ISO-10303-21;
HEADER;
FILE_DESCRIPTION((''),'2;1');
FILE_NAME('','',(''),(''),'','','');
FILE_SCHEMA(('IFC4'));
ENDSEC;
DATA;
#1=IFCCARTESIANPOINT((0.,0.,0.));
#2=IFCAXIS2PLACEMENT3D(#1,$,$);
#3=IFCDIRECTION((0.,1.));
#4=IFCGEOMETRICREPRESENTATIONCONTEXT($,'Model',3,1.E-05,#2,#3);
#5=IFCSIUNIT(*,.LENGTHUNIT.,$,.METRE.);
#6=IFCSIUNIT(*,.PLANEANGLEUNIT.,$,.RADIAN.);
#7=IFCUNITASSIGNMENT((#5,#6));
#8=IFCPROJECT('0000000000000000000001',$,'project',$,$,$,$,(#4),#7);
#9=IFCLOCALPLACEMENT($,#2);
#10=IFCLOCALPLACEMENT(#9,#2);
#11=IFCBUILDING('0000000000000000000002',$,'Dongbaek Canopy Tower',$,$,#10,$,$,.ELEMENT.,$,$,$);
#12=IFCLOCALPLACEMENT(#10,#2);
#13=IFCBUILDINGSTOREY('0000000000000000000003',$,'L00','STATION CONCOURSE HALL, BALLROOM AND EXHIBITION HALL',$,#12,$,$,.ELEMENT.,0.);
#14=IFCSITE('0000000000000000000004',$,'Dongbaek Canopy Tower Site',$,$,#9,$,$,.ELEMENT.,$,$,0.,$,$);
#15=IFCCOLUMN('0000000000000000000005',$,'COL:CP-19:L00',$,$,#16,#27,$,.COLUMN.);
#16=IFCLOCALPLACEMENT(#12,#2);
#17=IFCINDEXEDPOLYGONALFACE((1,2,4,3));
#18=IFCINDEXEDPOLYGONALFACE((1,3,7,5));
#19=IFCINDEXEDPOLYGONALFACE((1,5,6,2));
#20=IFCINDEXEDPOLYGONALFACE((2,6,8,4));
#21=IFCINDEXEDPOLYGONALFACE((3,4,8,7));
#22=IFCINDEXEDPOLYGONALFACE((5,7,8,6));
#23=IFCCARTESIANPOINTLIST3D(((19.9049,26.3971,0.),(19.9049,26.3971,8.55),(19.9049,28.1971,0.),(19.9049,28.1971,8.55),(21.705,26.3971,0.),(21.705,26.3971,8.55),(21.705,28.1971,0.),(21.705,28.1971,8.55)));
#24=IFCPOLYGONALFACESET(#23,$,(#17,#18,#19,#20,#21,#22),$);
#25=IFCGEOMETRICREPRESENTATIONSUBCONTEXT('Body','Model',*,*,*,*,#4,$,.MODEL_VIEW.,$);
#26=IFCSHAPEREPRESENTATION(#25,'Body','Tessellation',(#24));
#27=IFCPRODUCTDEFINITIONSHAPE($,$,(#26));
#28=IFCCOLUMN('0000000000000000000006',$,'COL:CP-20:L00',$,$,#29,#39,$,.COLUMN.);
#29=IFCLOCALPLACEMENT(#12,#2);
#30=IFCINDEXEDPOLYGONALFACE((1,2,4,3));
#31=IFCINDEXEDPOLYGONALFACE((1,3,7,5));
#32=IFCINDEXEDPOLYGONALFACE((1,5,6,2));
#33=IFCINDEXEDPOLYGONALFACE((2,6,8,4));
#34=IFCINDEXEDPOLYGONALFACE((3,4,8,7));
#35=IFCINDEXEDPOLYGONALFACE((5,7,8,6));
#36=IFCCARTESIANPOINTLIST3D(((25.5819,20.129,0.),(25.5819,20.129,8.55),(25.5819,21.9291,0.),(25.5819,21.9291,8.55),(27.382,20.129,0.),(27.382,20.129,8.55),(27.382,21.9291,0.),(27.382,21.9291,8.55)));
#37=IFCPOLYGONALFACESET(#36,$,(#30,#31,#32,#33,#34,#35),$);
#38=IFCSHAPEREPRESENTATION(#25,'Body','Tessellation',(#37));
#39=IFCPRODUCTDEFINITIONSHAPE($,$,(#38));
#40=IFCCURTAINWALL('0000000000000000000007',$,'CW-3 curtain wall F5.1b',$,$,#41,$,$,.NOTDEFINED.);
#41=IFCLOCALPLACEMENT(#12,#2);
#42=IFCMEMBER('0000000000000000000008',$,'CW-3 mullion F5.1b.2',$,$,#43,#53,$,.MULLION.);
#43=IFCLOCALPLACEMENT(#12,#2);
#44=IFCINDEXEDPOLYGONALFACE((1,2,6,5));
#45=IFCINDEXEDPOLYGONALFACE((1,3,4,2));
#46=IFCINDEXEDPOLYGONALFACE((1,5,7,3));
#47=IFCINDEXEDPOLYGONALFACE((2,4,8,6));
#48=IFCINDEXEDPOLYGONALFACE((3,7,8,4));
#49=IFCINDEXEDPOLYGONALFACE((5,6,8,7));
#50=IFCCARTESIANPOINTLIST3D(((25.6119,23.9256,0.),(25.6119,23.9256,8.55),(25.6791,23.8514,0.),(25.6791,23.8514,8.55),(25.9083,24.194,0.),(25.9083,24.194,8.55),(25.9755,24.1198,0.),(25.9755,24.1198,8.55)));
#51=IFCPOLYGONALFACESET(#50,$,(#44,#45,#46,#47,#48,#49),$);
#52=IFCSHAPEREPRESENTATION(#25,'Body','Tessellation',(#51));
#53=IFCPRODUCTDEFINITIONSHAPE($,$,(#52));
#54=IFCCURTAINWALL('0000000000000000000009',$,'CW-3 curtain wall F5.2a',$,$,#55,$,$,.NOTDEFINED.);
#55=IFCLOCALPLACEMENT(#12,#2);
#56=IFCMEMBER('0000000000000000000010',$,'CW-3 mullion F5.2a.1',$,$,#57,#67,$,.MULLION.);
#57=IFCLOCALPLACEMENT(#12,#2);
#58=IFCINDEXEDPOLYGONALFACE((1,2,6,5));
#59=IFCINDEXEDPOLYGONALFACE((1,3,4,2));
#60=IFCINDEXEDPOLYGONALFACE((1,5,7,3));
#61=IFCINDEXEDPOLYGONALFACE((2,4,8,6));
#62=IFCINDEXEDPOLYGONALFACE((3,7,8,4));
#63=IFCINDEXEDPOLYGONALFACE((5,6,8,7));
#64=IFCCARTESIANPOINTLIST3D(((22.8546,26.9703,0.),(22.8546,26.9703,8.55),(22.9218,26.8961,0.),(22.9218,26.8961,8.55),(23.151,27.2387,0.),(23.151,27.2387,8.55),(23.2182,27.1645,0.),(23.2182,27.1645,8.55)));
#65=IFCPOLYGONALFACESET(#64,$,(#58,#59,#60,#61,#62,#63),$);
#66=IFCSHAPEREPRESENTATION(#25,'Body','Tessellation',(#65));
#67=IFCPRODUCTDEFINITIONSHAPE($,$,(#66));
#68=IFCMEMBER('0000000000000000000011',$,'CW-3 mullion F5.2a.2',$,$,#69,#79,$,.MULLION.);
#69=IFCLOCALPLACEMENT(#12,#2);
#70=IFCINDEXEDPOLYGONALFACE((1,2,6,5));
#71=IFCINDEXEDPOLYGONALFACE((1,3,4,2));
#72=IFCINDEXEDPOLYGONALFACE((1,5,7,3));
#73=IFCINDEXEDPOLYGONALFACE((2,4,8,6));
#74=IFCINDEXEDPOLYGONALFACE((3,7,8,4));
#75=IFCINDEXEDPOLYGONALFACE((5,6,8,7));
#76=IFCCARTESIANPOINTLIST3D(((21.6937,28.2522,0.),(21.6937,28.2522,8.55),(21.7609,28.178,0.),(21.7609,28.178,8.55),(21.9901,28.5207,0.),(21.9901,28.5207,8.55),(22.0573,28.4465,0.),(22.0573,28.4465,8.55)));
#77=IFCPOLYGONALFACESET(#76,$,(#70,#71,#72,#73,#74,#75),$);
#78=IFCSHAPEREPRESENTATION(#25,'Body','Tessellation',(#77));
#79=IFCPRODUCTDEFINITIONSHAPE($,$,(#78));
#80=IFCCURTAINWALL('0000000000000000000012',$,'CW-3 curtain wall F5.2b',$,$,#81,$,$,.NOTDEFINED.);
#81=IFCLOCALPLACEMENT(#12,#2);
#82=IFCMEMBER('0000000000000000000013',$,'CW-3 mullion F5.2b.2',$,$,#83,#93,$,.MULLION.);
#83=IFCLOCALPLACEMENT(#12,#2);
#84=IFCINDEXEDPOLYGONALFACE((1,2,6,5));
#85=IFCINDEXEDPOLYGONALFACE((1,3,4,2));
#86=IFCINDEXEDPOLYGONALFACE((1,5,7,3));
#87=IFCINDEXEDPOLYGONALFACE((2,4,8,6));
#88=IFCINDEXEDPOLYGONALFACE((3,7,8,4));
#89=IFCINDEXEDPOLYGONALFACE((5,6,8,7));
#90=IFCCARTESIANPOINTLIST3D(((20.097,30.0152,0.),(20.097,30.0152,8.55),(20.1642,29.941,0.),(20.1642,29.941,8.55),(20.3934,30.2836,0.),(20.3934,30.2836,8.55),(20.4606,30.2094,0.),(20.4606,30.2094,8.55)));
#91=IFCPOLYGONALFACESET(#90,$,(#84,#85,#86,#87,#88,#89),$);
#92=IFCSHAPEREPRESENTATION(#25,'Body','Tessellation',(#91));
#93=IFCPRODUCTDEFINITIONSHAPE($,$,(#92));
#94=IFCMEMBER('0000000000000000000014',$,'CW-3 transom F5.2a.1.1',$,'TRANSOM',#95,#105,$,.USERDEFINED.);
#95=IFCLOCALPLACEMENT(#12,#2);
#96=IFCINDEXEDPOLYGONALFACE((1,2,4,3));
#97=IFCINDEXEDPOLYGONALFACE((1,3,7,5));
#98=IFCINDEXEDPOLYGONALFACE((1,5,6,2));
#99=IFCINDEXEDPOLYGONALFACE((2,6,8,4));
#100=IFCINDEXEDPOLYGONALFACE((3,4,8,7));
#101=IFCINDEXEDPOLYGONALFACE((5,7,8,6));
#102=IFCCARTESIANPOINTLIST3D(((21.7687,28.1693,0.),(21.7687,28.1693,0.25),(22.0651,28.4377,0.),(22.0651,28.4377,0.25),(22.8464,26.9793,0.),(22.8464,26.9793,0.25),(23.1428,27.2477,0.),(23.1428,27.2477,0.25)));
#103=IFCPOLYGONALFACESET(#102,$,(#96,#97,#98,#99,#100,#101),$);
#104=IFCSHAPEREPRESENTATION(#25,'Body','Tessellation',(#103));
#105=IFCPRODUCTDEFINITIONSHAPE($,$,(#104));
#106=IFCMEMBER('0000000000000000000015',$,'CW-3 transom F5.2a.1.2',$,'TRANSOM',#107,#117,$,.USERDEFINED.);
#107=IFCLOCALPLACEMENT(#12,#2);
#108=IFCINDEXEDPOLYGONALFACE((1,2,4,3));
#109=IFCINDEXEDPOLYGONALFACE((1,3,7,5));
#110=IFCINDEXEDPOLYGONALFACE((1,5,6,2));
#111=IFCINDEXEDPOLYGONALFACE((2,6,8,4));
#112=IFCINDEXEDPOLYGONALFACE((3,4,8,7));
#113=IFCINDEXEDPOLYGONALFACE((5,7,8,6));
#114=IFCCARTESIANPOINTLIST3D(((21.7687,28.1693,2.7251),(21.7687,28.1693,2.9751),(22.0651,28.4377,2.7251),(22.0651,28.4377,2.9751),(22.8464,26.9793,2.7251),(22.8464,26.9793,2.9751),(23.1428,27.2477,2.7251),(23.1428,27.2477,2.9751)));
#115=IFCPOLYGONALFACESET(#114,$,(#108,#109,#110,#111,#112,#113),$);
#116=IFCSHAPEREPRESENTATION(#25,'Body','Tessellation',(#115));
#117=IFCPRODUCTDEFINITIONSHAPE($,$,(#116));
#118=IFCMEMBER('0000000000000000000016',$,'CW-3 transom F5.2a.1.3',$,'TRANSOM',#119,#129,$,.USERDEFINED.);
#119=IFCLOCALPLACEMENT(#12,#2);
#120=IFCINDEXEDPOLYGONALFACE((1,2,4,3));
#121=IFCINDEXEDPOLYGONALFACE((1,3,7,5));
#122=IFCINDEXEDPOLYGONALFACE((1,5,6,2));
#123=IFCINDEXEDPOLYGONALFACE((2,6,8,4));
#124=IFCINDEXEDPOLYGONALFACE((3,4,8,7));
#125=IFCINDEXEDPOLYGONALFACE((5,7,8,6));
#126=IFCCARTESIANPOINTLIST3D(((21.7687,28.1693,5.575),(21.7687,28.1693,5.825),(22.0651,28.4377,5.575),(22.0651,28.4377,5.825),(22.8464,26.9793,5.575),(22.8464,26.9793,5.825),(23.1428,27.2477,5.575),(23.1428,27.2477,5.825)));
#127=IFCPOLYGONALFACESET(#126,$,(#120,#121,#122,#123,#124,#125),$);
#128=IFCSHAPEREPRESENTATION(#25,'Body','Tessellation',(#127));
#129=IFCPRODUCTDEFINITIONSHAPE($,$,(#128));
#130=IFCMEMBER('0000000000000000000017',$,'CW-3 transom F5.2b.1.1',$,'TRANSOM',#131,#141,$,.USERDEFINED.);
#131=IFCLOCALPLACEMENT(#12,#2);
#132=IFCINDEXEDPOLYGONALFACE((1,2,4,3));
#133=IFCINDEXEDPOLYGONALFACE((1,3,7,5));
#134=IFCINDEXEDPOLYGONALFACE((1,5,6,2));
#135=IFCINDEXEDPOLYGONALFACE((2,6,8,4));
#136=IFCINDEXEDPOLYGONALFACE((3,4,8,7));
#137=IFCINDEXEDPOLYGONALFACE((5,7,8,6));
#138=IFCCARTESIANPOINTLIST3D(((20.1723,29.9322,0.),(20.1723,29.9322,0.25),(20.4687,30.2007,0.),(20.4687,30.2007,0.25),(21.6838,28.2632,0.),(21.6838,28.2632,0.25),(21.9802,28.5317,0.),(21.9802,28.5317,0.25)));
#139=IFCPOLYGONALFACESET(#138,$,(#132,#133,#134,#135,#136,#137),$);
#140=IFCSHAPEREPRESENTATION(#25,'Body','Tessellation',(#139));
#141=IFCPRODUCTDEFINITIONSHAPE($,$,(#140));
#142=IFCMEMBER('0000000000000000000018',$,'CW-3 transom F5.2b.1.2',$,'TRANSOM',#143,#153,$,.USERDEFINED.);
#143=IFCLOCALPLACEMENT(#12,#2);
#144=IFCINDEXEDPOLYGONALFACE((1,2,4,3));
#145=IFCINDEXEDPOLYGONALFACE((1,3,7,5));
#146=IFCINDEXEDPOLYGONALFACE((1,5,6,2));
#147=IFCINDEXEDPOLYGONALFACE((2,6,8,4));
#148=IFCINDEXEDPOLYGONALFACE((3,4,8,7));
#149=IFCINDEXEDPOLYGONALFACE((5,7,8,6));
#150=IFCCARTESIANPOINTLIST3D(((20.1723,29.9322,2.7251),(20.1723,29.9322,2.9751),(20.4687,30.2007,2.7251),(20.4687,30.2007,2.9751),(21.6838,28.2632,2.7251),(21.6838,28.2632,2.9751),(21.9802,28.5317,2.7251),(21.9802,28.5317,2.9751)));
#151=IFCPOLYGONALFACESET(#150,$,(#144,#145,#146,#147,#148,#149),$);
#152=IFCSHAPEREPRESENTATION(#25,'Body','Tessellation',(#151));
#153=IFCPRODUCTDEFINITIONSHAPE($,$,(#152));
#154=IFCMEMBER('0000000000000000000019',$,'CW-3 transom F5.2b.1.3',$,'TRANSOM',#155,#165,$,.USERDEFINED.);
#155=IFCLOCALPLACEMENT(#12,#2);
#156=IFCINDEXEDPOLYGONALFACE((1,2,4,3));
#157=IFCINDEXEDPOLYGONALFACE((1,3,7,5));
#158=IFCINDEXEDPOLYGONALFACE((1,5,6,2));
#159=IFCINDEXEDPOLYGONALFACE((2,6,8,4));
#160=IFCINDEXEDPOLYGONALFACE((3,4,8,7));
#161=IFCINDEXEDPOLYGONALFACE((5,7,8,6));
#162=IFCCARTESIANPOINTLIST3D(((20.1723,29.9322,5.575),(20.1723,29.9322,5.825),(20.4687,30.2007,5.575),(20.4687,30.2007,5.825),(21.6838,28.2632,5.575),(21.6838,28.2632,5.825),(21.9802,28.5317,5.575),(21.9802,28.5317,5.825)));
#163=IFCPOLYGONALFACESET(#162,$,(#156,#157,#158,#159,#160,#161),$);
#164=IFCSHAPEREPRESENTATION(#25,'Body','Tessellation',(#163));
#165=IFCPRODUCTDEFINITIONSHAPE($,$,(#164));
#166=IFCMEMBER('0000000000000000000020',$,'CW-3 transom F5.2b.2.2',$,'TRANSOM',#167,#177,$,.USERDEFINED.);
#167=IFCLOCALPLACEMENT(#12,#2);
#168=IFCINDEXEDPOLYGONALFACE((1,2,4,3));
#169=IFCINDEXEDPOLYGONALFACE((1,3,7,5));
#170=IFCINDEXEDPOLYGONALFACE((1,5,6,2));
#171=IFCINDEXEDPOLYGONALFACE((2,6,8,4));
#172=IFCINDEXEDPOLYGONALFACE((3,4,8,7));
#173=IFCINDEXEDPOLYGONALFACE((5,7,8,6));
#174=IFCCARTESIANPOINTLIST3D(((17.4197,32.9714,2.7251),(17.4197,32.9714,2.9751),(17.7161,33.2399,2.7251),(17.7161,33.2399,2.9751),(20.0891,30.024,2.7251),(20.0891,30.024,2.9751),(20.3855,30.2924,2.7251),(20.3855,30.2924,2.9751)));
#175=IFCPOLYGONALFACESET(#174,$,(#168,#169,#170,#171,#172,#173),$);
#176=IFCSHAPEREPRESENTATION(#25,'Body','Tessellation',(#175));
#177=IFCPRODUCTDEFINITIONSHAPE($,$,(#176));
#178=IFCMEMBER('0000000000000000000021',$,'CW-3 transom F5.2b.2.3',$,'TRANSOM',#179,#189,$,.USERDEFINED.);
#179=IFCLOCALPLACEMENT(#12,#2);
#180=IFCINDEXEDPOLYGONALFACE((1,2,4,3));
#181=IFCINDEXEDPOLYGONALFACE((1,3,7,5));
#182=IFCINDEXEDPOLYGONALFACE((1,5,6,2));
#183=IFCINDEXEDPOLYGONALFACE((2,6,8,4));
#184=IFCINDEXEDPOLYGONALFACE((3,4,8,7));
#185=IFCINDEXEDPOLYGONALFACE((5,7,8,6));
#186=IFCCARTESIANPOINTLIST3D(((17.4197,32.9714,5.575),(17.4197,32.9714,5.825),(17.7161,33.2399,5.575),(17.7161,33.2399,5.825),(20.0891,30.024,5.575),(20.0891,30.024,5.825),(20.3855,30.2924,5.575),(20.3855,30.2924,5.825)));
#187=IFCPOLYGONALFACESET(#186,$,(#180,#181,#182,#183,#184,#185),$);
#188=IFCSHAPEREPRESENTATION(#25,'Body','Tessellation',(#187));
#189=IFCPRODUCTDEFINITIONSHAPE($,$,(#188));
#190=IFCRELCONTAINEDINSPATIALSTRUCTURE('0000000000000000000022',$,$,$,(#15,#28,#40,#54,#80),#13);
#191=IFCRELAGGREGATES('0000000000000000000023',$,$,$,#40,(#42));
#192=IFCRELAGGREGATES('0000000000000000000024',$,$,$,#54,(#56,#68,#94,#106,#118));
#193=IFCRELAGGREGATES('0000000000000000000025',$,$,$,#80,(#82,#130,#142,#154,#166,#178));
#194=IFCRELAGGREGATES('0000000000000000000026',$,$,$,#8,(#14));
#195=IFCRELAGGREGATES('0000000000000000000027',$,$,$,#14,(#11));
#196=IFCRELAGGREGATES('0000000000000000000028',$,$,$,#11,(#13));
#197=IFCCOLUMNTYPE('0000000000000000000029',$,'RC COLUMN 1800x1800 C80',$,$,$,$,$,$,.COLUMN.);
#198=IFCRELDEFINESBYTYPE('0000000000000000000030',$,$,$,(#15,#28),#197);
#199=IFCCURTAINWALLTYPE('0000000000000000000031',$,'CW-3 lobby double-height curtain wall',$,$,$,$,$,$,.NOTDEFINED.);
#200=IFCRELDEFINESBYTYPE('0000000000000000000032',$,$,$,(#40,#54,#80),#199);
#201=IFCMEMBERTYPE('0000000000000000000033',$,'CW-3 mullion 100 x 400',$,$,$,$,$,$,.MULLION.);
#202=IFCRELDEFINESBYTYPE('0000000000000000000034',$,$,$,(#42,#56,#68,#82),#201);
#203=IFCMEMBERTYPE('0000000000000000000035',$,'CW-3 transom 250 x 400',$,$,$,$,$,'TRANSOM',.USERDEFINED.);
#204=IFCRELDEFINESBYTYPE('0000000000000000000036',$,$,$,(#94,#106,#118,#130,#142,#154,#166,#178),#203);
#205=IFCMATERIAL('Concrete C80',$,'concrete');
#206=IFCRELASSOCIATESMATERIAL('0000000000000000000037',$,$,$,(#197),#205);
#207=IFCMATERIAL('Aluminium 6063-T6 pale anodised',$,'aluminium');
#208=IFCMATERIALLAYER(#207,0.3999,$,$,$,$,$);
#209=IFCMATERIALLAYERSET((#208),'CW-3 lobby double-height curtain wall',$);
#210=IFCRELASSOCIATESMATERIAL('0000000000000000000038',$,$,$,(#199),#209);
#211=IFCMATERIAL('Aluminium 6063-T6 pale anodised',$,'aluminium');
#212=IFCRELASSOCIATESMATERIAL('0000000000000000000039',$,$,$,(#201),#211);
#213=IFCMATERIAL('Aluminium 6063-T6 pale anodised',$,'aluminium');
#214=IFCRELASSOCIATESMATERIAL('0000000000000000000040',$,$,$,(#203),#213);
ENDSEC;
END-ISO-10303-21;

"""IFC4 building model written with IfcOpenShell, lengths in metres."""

from ifc_helpers import new_model, si_unit, direction, frame, origin, origin_2d, place, context, subcontext, project, spatial, rectangle, extrude, material, layer, layer_set, material_profile, profile_set, type_object, element, aggregate, save


model = new_model("IFC4")

# Units and contexts
model_context = context("Model", 3, precision=1e-05, world=origin(), true_north=direction((0.0, 1.0)))
body_context = subcontext(model_context, "Body", "Model", "MODEL_VIEW")
ifc_project = project(units=[si_unit("LENGTHUNIT", "METRE"), si_unit("PLANEANGLEUNIT", "RADIAN")], contexts=[model_context])

# Site, building, storey
site_placement = place(None, origin())
site = spatial("IfcSite", under=ifc_project, at=site_placement, Name="Dongbaek Canopy Tower Site", CompositionType="ELEMENT", RefElevation=0.0)
building_placement = place(site_placement, origin())
building = spatial("IfcBuilding", under=site, at=building_placement, Name="Dongbaek Canopy Tower", CompositionType="ELEMENT")
storey_placement = place(building_placement, origin())
storey = spatial("IfcBuildingStorey", under=building, at=storey_placement, Name="L00", Description="STATION CONCOURSE HALL, BALLROOM AND EXHIBITION HALL", CompositionType="ELEMENT", Elevation=0.0)

# Columns
ifc_material_1 = material(Name="Concrete C80", Category="concrete")
ifc_material_profile_1 = material_profile(ifc_material_1, rectangle(XDim=1.8, YDim=1.8, at=origin_2d()), Name="RC COLUMN 1800x1800 C80")
ifc_profile_set_1 = profile_set([ifc_material_profile_1], Name="Concrete C80")
column_type = type_object("IfcColumnType", Name="RC COLUMN 1800x1800 C80", PredefinedType="COLUMN", material=ifc_profile_set_1)
for number, where, z_axis, x_axis, name in (
    (1, (20.8049, 27.2971, 0.0), (0.0, 0.0, 1.0), (1.0, 0.0, 0.0), "COL:CP-19:L00"),
    (2, (26.4819, 21.0291, 0.0), (0.0, 0.0, 1.0), (1.0, 0.0, 0.0), "COL:CP-20:L00"),
):
    element("IfcColumn", number, at=place(storey_placement, frame(where, z_axis=z_axis, x_axis=x_axis)), inside=storey, type_object=column_type, Name=name, PredefinedType="COLUMN", context=body_context, shape_type="SweptSolid", body=[
        extrude(rectangle(XDim=1.8, YDim=1.8, at=origin_2d()), origin(), (0.0, 0.0, 1.0), 8.55),
    ])

# Curtain wall, member
ifc_material_2 = material(Name="Aluminium 6063-T6 pale anodised", Category="aluminium")
ifc_layer_1 = layer(ifc_material_2, 0.3999)
ifc_layer_set_1 = layer_set([ifc_layer_1], Name="CW-3 lobby double-height curtain wall")
curtain_wall_type = type_object("IfcCurtainWallType", Name="CW-3 lobby double-height curtain wall", PredefinedType="NOTDEFINED", material=ifc_layer_set_1)
curtain_wall_1_placement = place(storey_placement, origin())
curtain_wall_1 = element("IfcCurtainWall", 3, at=curtain_wall_1_placement, inside=storey, type_object=curtain_wall_type, Name="CW-3 curtain wall F5.1b", PredefinedType="NOTDEFINED")
ifc_material_3 = material(Name="Aluminium 6063-T6 pale anodised", Category="aluminium")
ifc_material_profile_2 = material_profile(ifc_material_3, rectangle(XDim=0.3999, YDim=0.1001, at=origin_2d()), Name="CW-3 mullion 100 x 400")
ifc_profile_set_2 = profile_set([ifc_material_profile_2], Name="Aluminium 6063-T6 pale anodised")
member_type_1 = type_object("IfcMemberType", Name="CW-3 mullion 100 x 400", PredefinedType="MULLION", material=ifc_profile_set_2)
member_1_placement = place(storey_placement, frame((25.7937, 24.0227, 0.0), z_axis=(0.0, 0.0, 1.0), x_axis=(0.741222, 0.67126, 0.0)))
member_1 = element("IfcMember", 4, at=member_1_placement, type_object=member_type_1, Name="CW-3 mullion F5.1b.2", PredefinedType="MULLION", context=body_context, shape_type="SweptSolid", body=[
    extrude(rectangle(XDim=0.3999, YDim=0.1001, at=origin_2d()), origin(), (0.0, 0.0, 1.0), 8.55),
])

# Curtain wall, members
curtain_wall_2_placement = place(storey_placement, origin())
curtain_wall_2 = element("IfcCurtainWall", 5, at=curtain_wall_2_placement, inside=storey, type_object=curtain_wall_type, Name="CW-3 curtain wall F5.2a", PredefinedType="NOTDEFINED")
member_2_placement = place(storey_placement, frame((23.0364, 27.0674, 0.0), z_axis=(0.0, 0.0, 1.0), x_axis=(0.741222, 0.67126, 0.0)))
member_2 = element("IfcMember", 6, at=member_2_placement, type_object=member_type_1, Name="CW-3 mullion F5.2a.1", PredefinedType="MULLION", context=body_context, shape_type="SweptSolid", body=[
    extrude(rectangle(XDim=0.3999, YDim=0.1001, at=origin_2d()), origin(), (0.0, 0.0, 1.0), 8.55),
])
member_3_placement = place(storey_placement, frame((21.8755, 28.3494, 0.0), z_axis=(0.0, 0.0, 1.0), x_axis=(0.741222, 0.67126, 0.0)))
member_3 = element("IfcMember", 7, at=member_3_placement, type_object=member_type_1, Name="CW-3 mullion F5.2a.2", PredefinedType="MULLION", context=body_context, shape_type="SweptSolid", body=[
    extrude(rectangle(XDim=0.3999, YDim=0.1001, at=origin_2d()), origin(), (0.0, 0.0, 1.0), 8.55),
])

# Curtain wall, member
curtain_wall_3_placement = place(storey_placement, origin())
curtain_wall_3 = element("IfcCurtainWall", 8, at=curtain_wall_3_placement, inside=storey, type_object=curtain_wall_type, Name="CW-3 curtain wall F5.2b", PredefinedType="NOTDEFINED")
member_4_placement = place(storey_placement, frame((20.2788, 30.1123, 0.0), z_axis=(0.0, 0.0, 1.0), x_axis=(0.741222, 0.67126, 0.0)))
member_4 = element("IfcMember", 9, at=member_4_placement, type_object=member_type_1, Name="CW-3 mullion F5.2b.2", PredefinedType="MULLION", context=body_context, shape_type="SweptSolid", body=[
    extrude(rectangle(XDim=0.3999, YDim=0.1001, at=origin_2d()), origin(), (0.0, 0.0, 1.0), 8.55),
])

# Members
ifc_material_4 = material(Name="Aluminium 6063-T6 pale anodised", Category="aluminium")
ifc_material_profile_3 = material_profile(ifc_material_4, rectangle(XDim=0.3999, YDim=0.25, at=origin_2d()), Name="CW-3 transom 250 x 400")
ifc_profile_set_3 = profile_set([ifc_material_profile_3], Name="Aluminium 6063-T6 pale anodised")
member_type_2 = type_object("IfcMemberType", Name="CW-3 transom 250 x 400", ElementType="TRANSOM", PredefinedType="USERDEFINED", material=ifc_profile_set_3)
member_5_placement = place(storey_placement, frame((22.9946, 27.1135, 0.125), z_axis=(-0.671264, 0.741219, 0.0), x_axis=(-0.741219, -0.671264, 0.0)))
member_5 = element("IfcMember", 10, at=member_5_placement, type_object=member_type_2, Name="CW-3 transom F5.2a.1.1", ObjectType="TRANSOM", PredefinedType="USERDEFINED", context=body_context, shape_type="SweptSolid", body=[
    extrude(rectangle(XDim=0.3999, YDim=0.25, at=origin_2d()), origin(), (0.0, 0.0, 1.0), 1.6055),
])
member_6_placement = place(storey_placement, frame((22.9946, 27.1135, 2.8501), z_axis=(-0.671264, 0.741219, 0.0), x_axis=(-0.741219, -0.671264, 0.0)))
member_6 = element("IfcMember", 11, at=member_6_placement, type_object=member_type_2, Name="CW-3 transom F5.2a.1.2", ObjectType="TRANSOM", PredefinedType="USERDEFINED", context=body_context, shape_type="SweptSolid", body=[
    extrude(rectangle(XDim=0.3999, YDim=0.25, at=origin_2d()), origin(), (0.0, 0.0, 1.0), 1.6055),
])
member_7_placement = place(storey_placement, frame((22.9946, 27.1135, 5.7), z_axis=(-0.671264, 0.741219, 0.0), x_axis=(-0.741219, -0.671264, 0.0)))
member_7 = element("IfcMember", 12, at=member_7_placement, type_object=member_type_2, Name="CW-3 transom F5.2a.1.3", ObjectType="TRANSOM", PredefinedType="USERDEFINED", context=body_context, shape_type="SweptSolid", body=[
    extrude(rectangle(XDim=0.3999, YDim=0.25, at=origin_2d()), origin(), (0.0, 0.0, 1.0), 1.6055),
])
member_8_placement = place(storey_placement, frame((21.832, 28.3975, 0.125), z_axis=(-0.671274, 0.741209, 0.0), x_axis=(-0.741209, -0.671274, 0.0)))
member_8 = element("IfcMember", 13, at=member_8_placement, type_object=member_type_2, Name="CW-3 transom F5.2b.1.1", ObjectType="TRANSOM", PredefinedType="USERDEFINED", context=body_context, shape_type="SweptSolid", body=[
    extrude(rectangle(XDim=0.3999, YDim=0.25, at=origin_2d()), origin(), (0.0, 0.0, 1.0), 2.2517),
])
member_9_placement = place(storey_placement, frame((21.832, 28.3975, 2.8501), z_axis=(-0.671274, 0.741209, 0.0), x_axis=(-0.741209, -0.671274, 0.0)))
member_9 = element("IfcMember", 14, at=member_9_placement, type_object=member_type_2, Name="CW-3 transom F5.2b.1.2", ObjectType="TRANSOM", PredefinedType="USERDEFINED", context=body_context, shape_type="SweptSolid", body=[
    extrude(rectangle(XDim=0.3999, YDim=0.25, at=origin_2d()), origin(), (0.0, 0.0, 1.0), 2.2517),
])
member_10_placement = place(storey_placement, frame((21.832, 28.3975, 5.7), z_axis=(-0.671274, 0.741209, 0.0), x_axis=(-0.741209, -0.671274, 0.0)))
member_10 = element("IfcMember", 15, at=member_10_placement, type_object=member_type_2, Name="CW-3 transom F5.2b.1.3", ObjectType="TRANSOM", PredefinedType="USERDEFINED", context=body_context, shape_type="SweptSolid", body=[
    extrude(rectangle(XDim=0.3999, YDim=0.25, at=origin_2d()), origin(), (0.0, 0.0, 1.0), 2.2517),
])
member_11_placement = place(storey_placement, frame((20.2373, 30.1582, 2.8501), z_axis=(-0.671278, 0.741206, 0.0), x_axis=(-0.741206, -0.671278, 0.0)))
member_11 = element("IfcMember", 16, at=member_11_placement, type_object=member_type_2, Name="CW-3 transom F5.2b.2.2", ObjectType="TRANSOM", PredefinedType="USERDEFINED", context=body_context, shape_type="SweptSolid", body=[
    extrude(rectangle(XDim=0.3999, YDim=0.25, at=origin_2d()), origin(), (0.0, 0.0, 1.0), 3.9766),
])
member_12_placement = place(storey_placement, frame((20.2373, 30.1582, 5.7), z_axis=(-0.671278, 0.741206, 0.0), x_axis=(-0.741206, -0.671278, 0.0)))
member_12 = element("IfcMember", 17, at=member_12_placement, type_object=member_type_2, Name="CW-3 transom F5.2b.2.3", ObjectType="TRANSOM", PredefinedType="USERDEFINED", context=body_context, shape_type="SweptSolid", body=[
    extrude(rectangle(XDim=0.3999, YDim=0.25, at=origin_2d()), origin(), (0.0, 0.0, 1.0), 3.9766),
])

aggregate(curtain_wall_1, [member_1])
aggregate(curtain_wall_2, [member_2, member_3, member_5, member_6, member_7])
aggregate(curtain_wall_3, [member_4, member_8, member_9, member_10, member_11, member_12])

save(model, "model.ifc")
